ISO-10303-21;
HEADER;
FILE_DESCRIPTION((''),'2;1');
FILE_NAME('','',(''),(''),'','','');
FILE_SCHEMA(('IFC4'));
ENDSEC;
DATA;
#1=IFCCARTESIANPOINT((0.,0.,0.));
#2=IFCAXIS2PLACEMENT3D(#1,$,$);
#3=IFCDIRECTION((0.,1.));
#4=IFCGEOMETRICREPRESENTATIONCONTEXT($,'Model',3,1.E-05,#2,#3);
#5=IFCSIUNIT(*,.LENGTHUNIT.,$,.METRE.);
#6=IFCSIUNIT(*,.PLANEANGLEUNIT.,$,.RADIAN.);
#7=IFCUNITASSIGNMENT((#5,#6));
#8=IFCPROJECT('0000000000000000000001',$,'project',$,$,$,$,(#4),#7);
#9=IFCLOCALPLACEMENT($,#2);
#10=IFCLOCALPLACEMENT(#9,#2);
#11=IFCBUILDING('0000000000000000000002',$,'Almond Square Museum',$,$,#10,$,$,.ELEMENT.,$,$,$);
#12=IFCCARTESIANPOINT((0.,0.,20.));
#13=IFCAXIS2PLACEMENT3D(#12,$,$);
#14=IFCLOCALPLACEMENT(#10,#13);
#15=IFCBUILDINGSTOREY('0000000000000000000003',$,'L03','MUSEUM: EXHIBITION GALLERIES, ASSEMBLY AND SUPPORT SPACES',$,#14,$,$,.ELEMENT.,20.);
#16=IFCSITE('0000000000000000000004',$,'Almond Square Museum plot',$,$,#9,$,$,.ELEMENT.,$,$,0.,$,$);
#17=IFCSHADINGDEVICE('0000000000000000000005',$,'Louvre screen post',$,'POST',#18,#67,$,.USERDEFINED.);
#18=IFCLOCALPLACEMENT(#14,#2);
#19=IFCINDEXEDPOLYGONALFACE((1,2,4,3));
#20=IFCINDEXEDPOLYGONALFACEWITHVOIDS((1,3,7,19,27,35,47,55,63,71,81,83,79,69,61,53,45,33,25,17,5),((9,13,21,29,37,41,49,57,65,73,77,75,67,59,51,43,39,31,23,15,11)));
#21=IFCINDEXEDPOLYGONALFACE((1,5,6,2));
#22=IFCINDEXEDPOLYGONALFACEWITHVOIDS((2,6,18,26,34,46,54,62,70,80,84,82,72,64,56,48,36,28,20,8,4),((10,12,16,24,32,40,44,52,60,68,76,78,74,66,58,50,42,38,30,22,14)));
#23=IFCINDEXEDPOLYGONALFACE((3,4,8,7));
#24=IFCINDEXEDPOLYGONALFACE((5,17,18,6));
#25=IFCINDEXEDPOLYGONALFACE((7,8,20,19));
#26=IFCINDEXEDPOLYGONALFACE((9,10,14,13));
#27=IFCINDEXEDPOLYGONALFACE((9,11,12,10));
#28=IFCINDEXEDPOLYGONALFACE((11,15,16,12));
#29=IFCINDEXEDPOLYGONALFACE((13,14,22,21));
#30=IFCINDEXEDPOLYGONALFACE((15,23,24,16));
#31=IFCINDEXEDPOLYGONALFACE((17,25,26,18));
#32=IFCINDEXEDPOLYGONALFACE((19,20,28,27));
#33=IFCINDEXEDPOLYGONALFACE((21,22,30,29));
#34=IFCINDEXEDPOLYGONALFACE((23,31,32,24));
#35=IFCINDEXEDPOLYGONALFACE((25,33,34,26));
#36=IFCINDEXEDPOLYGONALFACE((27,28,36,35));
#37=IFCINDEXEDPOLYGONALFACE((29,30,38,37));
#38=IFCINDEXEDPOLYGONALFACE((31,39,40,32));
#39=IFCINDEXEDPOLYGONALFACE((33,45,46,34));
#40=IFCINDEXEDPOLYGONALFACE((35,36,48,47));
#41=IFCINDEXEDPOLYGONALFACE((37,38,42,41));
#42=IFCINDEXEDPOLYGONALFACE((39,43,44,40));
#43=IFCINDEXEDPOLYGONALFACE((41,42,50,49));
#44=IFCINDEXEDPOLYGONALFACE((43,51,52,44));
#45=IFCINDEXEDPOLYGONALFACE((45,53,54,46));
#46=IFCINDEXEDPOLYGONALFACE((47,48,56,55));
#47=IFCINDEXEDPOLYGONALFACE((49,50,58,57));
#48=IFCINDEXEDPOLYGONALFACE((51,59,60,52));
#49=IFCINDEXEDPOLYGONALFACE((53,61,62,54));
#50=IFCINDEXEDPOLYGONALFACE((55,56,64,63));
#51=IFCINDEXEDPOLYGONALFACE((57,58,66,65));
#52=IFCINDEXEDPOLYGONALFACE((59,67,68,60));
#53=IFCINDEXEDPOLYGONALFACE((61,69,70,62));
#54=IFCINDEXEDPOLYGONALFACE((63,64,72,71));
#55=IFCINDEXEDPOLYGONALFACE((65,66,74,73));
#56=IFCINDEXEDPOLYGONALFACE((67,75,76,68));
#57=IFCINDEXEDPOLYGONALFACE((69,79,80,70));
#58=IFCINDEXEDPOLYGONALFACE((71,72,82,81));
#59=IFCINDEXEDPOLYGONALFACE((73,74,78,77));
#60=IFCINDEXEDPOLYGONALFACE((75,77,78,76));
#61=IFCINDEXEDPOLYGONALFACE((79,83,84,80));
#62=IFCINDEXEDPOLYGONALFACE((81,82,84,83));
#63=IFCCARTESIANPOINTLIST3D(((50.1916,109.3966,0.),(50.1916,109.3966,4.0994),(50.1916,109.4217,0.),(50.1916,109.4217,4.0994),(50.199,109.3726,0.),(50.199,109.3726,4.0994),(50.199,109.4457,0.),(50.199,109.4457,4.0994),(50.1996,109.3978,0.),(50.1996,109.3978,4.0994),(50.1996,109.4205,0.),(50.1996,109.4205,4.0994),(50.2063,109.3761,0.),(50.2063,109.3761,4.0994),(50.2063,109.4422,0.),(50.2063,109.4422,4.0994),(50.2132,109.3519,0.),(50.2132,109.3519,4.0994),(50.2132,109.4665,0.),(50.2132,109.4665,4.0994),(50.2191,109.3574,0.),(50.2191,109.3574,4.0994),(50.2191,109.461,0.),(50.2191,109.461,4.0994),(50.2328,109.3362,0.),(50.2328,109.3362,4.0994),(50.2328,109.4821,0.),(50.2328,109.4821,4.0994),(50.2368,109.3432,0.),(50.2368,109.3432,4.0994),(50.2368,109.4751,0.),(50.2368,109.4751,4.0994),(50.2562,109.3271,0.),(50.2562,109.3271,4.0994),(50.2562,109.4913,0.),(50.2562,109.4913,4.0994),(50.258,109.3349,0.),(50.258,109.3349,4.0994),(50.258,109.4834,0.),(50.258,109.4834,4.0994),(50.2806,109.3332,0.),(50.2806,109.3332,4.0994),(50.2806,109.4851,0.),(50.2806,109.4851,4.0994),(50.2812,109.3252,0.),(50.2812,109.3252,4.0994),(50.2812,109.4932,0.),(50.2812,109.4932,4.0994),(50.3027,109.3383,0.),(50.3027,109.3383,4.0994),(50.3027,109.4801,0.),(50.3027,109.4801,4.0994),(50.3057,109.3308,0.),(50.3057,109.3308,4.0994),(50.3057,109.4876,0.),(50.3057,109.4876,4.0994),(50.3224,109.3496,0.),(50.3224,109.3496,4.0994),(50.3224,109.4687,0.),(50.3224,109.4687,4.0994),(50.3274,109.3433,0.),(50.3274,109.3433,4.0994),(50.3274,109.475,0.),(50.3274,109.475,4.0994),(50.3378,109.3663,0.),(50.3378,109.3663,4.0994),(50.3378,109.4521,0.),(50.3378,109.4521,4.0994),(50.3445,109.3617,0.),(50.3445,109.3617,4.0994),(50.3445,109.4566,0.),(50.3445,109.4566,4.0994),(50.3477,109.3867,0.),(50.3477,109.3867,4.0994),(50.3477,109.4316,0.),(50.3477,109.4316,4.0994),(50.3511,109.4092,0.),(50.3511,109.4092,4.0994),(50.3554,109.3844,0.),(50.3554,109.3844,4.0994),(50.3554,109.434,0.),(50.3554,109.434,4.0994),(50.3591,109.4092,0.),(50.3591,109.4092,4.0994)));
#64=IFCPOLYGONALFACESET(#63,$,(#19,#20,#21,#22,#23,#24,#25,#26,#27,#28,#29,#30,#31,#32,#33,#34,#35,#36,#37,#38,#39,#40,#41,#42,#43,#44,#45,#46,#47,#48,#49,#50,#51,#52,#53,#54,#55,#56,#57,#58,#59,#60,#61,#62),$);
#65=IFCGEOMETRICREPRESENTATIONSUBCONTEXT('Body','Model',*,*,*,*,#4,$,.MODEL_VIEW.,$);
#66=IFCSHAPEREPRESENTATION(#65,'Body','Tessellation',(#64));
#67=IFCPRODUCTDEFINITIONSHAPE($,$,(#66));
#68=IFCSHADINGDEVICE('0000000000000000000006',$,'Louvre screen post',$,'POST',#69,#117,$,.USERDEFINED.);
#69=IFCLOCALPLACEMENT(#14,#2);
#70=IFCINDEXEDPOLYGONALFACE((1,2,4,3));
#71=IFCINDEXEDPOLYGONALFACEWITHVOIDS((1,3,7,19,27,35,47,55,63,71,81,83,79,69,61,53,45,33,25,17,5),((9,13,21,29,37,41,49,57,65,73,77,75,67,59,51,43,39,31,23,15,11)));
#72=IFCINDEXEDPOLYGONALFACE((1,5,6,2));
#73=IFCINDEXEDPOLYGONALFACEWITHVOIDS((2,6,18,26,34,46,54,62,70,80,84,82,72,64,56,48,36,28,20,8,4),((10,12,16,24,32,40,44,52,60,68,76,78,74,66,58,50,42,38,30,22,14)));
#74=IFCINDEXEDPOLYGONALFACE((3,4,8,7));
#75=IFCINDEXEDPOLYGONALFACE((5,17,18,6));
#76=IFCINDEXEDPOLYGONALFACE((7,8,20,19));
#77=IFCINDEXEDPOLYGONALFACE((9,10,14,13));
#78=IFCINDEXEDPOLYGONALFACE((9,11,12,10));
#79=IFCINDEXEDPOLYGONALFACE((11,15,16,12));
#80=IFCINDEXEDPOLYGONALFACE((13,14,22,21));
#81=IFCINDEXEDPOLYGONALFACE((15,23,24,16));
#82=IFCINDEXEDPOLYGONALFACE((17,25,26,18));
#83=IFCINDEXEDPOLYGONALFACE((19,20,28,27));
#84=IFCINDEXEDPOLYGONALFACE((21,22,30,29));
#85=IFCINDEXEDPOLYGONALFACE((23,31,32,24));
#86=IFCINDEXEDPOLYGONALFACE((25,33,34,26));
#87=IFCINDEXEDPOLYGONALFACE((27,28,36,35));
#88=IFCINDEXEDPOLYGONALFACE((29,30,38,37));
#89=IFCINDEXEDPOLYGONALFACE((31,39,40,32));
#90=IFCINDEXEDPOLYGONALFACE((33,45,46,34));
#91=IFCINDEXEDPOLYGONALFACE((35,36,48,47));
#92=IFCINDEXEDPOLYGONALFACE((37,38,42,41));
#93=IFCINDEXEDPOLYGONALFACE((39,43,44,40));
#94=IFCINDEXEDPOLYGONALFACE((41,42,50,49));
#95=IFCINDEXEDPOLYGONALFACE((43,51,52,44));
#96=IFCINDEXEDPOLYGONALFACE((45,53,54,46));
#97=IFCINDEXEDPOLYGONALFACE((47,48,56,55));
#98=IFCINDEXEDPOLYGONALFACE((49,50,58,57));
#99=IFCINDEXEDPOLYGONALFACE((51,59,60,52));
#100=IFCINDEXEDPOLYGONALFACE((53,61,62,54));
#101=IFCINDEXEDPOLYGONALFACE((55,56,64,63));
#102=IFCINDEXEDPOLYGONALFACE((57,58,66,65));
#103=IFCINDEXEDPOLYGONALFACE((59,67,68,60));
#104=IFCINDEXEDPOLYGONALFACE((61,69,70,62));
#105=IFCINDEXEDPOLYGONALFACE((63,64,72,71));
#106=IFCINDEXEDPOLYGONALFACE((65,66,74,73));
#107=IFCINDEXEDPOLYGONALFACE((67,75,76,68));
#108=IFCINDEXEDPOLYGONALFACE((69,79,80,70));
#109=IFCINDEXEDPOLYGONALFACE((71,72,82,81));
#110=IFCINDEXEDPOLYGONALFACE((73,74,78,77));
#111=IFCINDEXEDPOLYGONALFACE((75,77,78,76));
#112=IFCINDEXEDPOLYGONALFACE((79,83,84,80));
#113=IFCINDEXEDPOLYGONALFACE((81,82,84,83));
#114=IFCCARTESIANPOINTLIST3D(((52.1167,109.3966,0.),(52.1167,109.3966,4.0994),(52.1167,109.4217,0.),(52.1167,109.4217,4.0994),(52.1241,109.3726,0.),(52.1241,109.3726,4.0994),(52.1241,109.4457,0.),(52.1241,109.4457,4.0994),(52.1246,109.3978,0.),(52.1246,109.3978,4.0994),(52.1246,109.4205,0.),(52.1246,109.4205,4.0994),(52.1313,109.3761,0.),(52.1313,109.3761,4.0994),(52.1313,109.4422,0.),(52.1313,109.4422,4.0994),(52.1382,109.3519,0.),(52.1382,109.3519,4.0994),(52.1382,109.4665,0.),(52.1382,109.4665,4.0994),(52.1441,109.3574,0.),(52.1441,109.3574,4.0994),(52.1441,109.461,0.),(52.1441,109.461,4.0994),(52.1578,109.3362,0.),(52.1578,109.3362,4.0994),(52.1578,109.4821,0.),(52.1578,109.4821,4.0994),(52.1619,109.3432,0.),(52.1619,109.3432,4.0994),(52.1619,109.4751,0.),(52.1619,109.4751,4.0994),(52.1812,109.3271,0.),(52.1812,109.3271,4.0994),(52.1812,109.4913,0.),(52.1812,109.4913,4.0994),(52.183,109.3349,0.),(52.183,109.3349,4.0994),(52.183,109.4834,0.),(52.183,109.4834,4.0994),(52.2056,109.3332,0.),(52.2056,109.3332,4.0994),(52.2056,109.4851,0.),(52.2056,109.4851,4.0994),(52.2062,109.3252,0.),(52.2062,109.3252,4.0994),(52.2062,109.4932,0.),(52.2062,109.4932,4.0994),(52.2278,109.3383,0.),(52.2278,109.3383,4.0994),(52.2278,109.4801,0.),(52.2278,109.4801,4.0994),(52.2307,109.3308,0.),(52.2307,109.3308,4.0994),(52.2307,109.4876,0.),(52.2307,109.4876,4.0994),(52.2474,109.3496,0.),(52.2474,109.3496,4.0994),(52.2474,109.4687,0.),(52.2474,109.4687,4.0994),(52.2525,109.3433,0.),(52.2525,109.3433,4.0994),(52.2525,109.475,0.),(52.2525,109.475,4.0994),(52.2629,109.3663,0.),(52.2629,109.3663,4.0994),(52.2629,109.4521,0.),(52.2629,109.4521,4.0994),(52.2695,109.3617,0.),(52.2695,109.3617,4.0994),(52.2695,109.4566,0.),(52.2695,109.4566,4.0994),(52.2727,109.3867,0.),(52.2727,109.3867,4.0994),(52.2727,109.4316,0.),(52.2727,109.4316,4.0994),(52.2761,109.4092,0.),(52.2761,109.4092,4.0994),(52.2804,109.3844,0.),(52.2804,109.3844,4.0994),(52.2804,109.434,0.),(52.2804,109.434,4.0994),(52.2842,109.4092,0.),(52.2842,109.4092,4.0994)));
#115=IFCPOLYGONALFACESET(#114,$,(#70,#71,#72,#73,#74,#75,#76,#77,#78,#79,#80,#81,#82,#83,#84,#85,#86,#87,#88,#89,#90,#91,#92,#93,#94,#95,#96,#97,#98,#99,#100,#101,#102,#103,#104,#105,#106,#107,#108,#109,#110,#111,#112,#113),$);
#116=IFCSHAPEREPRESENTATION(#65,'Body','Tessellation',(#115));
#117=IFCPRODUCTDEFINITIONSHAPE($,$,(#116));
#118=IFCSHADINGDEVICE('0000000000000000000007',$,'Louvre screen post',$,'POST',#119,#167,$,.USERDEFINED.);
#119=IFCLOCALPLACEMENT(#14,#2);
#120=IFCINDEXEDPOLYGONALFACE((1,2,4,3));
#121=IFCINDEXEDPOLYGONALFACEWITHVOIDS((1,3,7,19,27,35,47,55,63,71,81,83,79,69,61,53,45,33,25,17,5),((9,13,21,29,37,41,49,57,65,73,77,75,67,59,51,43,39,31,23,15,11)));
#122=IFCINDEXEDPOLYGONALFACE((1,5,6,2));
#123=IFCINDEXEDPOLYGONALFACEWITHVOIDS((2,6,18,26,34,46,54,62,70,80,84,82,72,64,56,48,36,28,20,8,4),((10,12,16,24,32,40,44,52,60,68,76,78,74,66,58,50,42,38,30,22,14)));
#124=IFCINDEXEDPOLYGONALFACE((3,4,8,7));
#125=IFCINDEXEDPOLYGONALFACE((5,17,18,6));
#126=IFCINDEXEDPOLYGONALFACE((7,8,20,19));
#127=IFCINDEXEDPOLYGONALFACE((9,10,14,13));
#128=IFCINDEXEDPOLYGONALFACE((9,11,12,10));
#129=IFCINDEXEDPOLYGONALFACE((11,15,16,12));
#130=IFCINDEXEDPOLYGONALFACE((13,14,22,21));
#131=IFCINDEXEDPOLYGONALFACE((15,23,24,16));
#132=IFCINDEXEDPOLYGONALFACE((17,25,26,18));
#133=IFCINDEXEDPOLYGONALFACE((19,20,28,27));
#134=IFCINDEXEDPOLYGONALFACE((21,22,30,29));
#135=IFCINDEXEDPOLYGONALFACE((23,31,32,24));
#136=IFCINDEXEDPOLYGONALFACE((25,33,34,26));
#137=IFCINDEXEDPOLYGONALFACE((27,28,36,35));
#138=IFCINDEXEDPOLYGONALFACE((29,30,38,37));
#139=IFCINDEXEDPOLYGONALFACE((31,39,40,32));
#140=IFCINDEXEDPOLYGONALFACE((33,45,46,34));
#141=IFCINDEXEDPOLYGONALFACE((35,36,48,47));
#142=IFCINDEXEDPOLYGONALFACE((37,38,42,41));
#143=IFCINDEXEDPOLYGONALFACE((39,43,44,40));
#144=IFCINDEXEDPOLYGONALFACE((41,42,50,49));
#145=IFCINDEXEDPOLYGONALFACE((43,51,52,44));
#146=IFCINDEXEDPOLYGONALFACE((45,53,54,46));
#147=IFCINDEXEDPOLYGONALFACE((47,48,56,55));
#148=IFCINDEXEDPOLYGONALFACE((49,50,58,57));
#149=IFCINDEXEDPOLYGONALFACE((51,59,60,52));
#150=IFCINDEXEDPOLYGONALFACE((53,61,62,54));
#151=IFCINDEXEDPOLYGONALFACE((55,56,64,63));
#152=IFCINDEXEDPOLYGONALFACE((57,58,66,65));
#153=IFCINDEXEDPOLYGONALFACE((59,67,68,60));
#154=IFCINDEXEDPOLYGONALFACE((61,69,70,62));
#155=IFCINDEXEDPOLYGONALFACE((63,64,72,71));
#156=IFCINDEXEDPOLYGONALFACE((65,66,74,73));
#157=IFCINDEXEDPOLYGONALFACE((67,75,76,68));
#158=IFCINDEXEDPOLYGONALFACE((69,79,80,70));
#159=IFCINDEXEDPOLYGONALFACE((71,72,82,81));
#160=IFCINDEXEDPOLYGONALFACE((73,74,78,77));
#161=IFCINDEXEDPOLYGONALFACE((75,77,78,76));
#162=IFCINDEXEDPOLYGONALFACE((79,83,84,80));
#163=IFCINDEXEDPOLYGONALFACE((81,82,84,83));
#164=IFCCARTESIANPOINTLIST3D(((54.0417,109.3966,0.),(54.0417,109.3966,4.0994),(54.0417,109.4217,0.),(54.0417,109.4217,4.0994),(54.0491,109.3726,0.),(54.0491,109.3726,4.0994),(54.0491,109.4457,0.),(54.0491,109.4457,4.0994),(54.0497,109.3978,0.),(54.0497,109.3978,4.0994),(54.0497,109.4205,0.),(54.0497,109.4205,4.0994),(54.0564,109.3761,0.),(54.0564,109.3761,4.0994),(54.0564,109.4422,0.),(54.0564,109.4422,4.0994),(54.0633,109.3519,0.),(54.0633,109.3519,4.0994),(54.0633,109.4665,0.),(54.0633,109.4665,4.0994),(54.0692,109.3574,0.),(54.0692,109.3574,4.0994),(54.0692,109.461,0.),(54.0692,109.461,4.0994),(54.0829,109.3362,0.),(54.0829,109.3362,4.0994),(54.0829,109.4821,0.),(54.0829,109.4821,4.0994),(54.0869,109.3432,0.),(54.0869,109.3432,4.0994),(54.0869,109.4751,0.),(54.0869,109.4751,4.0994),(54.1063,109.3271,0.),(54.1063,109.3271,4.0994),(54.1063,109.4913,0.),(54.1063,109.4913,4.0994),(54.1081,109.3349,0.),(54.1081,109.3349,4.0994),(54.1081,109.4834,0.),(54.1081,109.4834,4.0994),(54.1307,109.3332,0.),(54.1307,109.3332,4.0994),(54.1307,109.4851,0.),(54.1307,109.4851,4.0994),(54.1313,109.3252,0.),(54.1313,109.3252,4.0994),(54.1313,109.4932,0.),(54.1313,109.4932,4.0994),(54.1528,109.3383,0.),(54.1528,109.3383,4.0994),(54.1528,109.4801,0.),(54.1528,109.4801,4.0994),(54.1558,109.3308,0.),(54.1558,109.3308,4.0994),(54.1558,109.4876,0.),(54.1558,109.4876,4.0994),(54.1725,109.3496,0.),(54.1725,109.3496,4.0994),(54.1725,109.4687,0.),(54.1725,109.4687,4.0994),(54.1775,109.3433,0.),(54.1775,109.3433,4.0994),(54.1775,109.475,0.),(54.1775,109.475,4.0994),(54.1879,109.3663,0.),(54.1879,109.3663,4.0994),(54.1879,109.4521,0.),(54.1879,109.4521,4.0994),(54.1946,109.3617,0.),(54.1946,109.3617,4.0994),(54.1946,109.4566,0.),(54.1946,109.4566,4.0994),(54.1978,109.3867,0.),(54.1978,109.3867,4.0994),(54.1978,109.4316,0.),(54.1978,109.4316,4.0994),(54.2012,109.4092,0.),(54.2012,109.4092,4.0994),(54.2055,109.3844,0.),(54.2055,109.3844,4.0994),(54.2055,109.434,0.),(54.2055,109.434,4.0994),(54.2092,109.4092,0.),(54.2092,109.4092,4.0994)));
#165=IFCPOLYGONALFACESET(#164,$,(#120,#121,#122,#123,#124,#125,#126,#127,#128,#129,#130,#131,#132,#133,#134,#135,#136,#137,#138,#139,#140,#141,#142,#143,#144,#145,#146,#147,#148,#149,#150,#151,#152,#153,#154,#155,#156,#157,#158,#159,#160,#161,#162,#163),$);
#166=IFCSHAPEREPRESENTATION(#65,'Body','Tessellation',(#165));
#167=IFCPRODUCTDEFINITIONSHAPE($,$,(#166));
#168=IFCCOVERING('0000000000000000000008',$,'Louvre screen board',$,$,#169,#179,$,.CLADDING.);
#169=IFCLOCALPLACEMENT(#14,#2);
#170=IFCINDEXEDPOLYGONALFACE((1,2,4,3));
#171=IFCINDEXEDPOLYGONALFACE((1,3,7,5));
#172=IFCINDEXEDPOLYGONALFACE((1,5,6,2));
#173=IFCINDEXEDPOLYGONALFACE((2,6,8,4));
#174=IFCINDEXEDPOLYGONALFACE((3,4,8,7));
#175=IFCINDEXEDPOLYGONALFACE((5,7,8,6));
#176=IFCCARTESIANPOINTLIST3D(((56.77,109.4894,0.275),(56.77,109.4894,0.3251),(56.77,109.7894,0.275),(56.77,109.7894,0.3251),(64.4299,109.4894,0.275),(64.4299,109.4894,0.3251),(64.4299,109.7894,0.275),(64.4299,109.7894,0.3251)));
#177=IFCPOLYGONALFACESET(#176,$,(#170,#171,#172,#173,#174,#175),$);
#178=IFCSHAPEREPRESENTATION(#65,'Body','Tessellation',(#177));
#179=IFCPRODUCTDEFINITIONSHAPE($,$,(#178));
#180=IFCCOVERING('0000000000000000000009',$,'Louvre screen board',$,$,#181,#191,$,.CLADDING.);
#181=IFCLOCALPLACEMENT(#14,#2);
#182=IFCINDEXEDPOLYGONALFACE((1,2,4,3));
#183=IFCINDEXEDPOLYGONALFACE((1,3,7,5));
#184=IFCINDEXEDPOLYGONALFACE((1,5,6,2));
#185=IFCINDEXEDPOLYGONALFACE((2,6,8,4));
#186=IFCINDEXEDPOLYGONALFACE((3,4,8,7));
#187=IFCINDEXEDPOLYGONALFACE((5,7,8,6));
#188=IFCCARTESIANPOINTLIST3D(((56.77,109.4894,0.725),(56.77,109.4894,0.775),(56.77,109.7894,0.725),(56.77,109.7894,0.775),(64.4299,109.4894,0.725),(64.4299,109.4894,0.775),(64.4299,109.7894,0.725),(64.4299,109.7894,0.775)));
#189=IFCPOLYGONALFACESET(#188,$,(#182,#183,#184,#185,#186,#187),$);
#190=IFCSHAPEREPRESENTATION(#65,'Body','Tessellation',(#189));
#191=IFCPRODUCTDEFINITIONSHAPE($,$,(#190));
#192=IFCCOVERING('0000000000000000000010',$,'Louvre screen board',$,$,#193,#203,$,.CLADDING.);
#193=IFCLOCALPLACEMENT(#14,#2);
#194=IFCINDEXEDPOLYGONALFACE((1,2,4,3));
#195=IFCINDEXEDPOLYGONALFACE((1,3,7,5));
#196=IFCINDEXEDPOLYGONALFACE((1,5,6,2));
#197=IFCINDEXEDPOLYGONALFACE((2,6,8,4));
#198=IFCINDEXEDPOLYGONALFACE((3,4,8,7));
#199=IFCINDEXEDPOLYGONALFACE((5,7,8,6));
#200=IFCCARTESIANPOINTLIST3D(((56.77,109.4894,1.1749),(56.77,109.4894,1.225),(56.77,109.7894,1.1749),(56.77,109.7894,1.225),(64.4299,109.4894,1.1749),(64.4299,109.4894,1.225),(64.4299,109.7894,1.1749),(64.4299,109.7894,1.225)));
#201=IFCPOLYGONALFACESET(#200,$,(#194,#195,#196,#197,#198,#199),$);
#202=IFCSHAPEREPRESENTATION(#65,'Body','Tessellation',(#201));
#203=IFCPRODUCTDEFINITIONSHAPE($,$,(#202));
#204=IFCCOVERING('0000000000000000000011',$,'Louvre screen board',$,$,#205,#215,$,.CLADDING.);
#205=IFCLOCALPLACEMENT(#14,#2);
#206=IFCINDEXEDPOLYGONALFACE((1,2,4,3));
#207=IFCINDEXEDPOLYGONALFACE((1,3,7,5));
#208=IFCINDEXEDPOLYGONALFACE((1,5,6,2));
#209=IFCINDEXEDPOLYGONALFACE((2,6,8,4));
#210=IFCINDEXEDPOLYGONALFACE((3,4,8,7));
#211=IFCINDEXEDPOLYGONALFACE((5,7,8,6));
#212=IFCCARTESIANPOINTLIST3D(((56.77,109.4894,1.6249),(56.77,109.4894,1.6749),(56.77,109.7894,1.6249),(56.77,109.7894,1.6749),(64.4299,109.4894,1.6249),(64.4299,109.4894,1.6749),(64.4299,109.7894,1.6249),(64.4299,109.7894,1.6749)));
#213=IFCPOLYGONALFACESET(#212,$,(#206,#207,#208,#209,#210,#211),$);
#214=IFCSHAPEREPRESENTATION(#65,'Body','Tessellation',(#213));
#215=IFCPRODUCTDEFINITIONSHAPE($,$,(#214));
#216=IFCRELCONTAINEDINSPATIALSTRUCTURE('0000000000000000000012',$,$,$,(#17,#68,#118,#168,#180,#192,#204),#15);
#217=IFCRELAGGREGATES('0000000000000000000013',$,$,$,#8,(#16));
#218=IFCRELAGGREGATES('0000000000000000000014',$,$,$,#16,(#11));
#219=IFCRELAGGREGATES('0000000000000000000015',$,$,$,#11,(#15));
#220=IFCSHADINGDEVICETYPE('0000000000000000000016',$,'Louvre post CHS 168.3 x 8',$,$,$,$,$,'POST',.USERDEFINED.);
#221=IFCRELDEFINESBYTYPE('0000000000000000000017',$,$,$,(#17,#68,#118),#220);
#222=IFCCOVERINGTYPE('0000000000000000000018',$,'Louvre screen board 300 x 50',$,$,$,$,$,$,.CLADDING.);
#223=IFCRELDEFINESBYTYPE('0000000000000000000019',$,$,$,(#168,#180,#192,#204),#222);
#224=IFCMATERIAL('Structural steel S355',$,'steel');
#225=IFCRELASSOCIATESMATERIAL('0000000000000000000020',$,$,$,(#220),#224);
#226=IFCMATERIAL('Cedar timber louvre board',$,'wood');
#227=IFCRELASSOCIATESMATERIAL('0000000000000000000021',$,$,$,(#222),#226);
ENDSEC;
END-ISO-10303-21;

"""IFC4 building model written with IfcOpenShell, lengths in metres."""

from ifc_helpers import new_model, si_unit, direction, frame, origin, origin_2d, place, context, subcontext, project, spatial, rectangle, hollow_circle, extrude, material, material_profile, profile_set, type_object, element, save


model = new_model("IFC4")

# Units and contexts
model_context = context("Model", 3, precision=1e-05, world=origin(), true_north=direction((0.0, 1.0)))
body_context = subcontext(model_context, "Body", "Model", "MODEL_VIEW")
ifc_project = project(units=[si_unit("LENGTHUNIT", "METRE"), si_unit("PLANEANGLEUNIT", "RADIAN")], contexts=[model_context])

# Site, building, storey
site_placement = place(None, origin())
site = spatial("IfcSite", under=ifc_project, at=site_placement, Name="Almond Square Museum plot", CompositionType="ELEMENT", RefElevation=0.0)
building_placement = place(site_placement, origin())
building = spatial("IfcBuilding", under=site, at=building_placement, Name="Almond Square Museum", CompositionType="ELEMENT")
storey_placement = place(building_placement, frame((0.0, 0.0, 20.0)))
storey = spatial("IfcBuildingStorey", under=building, at=storey_placement, Name="L03", Description="MUSEUM: EXHIBITION GALLERIES, ASSEMBLY AND SUPPORT SPACES", CompositionType="ELEMENT", Elevation=20.0)

# Shading devices
ifc_material_1 = material(Name="Structural steel S355", Category="steel")
ifc_material_profile_1 = material_profile(ifc_material_1, hollow_circle(Radius=0.0842, WallThickness=0.0081, at=origin_2d()))
ifc_profile_set_1 = profile_set([ifc_material_profile_1], Name="Structural steel S355")
shading_device_type = type_object("IfcShadingDeviceType", Name="Louvre post CHS 168.3 x 8", ElementType="POST", PredefinedType="USERDEFINED", material=ifc_profile_set_1)
for number, where, z_axis, x_axis, name in (
    (1, (50.2749, 109.4092, 0.0), (0.0, 0.0, 1.0), (1.0, 0.0, 0.0), "Louvre screen post"),
    (2, (52.2, 109.4092, 0.0), (0.0, 0.0, 1.0), (1.0, 0.0, 0.0), "Louvre screen post"),
    (3, (54.125, 109.4092, 0.0), (0.0, 0.0, 1.0), (1.0, 0.0, 0.0), "Louvre screen post"),
):
    element("IfcShadingDevice", number, at=place(storey_placement, frame(where, z_axis=z_axis, x_axis=x_axis)), inside=storey, type_object=shading_device_type, Name=name, ObjectType="POST", PredefinedType="USERDEFINED", context=body_context, shape_type="SweptSolid", body=[
        extrude(hollow_circle(Radius=0.0842, WallThickness=0.0081, at=origin_2d()), origin(), (0.0, 0.0, 1.0), 4.0994),
    ])

# Coverings
ifc_material_2 = material(Name="Cedar timber louvre board", Category="wood")
ifc_material_profile_2 = material_profile(ifc_material_2, rectangle(XDim=0.3, YDim=0.05, at=origin_2d()))
ifc_profile_set_2 = profile_set([ifc_material_profile_2], Name="Cedar timber louvre board")
covering_type_1 = type_object("IfcCoveringType", Name="Louvre screen board 300 x 50", PredefinedType="CLADDING", material=ifc_profile_set_2)
for number, where, z_axis, x_axis, name in (
    (4, (56.77, 109.6394, 0.3), (1.0, 0.0, 0.0), (0.0, 1.0, 0.0), "Louvre screen board"),
    (5, (56.77, 109.6394, 0.75), (1.0, 0.0, 0.0), (0.0, 1.0, 0.0), "Louvre screen board"),
    (6, (56.77, 109.6394, 1.2), (1.0, 0.0, 0.0), (0.0, 1.0, 0.0), "Louvre screen board"),
    (7, (56.77, 109.6394, 1.6499), (1.0, 0.0, 0.0), (0.0, 1.0, 0.0), "Louvre screen board"),
):
    element("IfcCovering", number, at=place(storey_placement, frame(where, z_axis=z_axis, x_axis=x_axis)), inside=storey, type_object=covering_type_1, Name=name, PredefinedType="CLADDING", context=body_context, shape_type="SweptSolid", body=[
        extrude(rectangle(XDim=0.3, YDim=0.05, at=origin_2d()), origin(), (0.0, 0.0, 1.0), 7.6599),
    ])

save(model, "model.ifc")
